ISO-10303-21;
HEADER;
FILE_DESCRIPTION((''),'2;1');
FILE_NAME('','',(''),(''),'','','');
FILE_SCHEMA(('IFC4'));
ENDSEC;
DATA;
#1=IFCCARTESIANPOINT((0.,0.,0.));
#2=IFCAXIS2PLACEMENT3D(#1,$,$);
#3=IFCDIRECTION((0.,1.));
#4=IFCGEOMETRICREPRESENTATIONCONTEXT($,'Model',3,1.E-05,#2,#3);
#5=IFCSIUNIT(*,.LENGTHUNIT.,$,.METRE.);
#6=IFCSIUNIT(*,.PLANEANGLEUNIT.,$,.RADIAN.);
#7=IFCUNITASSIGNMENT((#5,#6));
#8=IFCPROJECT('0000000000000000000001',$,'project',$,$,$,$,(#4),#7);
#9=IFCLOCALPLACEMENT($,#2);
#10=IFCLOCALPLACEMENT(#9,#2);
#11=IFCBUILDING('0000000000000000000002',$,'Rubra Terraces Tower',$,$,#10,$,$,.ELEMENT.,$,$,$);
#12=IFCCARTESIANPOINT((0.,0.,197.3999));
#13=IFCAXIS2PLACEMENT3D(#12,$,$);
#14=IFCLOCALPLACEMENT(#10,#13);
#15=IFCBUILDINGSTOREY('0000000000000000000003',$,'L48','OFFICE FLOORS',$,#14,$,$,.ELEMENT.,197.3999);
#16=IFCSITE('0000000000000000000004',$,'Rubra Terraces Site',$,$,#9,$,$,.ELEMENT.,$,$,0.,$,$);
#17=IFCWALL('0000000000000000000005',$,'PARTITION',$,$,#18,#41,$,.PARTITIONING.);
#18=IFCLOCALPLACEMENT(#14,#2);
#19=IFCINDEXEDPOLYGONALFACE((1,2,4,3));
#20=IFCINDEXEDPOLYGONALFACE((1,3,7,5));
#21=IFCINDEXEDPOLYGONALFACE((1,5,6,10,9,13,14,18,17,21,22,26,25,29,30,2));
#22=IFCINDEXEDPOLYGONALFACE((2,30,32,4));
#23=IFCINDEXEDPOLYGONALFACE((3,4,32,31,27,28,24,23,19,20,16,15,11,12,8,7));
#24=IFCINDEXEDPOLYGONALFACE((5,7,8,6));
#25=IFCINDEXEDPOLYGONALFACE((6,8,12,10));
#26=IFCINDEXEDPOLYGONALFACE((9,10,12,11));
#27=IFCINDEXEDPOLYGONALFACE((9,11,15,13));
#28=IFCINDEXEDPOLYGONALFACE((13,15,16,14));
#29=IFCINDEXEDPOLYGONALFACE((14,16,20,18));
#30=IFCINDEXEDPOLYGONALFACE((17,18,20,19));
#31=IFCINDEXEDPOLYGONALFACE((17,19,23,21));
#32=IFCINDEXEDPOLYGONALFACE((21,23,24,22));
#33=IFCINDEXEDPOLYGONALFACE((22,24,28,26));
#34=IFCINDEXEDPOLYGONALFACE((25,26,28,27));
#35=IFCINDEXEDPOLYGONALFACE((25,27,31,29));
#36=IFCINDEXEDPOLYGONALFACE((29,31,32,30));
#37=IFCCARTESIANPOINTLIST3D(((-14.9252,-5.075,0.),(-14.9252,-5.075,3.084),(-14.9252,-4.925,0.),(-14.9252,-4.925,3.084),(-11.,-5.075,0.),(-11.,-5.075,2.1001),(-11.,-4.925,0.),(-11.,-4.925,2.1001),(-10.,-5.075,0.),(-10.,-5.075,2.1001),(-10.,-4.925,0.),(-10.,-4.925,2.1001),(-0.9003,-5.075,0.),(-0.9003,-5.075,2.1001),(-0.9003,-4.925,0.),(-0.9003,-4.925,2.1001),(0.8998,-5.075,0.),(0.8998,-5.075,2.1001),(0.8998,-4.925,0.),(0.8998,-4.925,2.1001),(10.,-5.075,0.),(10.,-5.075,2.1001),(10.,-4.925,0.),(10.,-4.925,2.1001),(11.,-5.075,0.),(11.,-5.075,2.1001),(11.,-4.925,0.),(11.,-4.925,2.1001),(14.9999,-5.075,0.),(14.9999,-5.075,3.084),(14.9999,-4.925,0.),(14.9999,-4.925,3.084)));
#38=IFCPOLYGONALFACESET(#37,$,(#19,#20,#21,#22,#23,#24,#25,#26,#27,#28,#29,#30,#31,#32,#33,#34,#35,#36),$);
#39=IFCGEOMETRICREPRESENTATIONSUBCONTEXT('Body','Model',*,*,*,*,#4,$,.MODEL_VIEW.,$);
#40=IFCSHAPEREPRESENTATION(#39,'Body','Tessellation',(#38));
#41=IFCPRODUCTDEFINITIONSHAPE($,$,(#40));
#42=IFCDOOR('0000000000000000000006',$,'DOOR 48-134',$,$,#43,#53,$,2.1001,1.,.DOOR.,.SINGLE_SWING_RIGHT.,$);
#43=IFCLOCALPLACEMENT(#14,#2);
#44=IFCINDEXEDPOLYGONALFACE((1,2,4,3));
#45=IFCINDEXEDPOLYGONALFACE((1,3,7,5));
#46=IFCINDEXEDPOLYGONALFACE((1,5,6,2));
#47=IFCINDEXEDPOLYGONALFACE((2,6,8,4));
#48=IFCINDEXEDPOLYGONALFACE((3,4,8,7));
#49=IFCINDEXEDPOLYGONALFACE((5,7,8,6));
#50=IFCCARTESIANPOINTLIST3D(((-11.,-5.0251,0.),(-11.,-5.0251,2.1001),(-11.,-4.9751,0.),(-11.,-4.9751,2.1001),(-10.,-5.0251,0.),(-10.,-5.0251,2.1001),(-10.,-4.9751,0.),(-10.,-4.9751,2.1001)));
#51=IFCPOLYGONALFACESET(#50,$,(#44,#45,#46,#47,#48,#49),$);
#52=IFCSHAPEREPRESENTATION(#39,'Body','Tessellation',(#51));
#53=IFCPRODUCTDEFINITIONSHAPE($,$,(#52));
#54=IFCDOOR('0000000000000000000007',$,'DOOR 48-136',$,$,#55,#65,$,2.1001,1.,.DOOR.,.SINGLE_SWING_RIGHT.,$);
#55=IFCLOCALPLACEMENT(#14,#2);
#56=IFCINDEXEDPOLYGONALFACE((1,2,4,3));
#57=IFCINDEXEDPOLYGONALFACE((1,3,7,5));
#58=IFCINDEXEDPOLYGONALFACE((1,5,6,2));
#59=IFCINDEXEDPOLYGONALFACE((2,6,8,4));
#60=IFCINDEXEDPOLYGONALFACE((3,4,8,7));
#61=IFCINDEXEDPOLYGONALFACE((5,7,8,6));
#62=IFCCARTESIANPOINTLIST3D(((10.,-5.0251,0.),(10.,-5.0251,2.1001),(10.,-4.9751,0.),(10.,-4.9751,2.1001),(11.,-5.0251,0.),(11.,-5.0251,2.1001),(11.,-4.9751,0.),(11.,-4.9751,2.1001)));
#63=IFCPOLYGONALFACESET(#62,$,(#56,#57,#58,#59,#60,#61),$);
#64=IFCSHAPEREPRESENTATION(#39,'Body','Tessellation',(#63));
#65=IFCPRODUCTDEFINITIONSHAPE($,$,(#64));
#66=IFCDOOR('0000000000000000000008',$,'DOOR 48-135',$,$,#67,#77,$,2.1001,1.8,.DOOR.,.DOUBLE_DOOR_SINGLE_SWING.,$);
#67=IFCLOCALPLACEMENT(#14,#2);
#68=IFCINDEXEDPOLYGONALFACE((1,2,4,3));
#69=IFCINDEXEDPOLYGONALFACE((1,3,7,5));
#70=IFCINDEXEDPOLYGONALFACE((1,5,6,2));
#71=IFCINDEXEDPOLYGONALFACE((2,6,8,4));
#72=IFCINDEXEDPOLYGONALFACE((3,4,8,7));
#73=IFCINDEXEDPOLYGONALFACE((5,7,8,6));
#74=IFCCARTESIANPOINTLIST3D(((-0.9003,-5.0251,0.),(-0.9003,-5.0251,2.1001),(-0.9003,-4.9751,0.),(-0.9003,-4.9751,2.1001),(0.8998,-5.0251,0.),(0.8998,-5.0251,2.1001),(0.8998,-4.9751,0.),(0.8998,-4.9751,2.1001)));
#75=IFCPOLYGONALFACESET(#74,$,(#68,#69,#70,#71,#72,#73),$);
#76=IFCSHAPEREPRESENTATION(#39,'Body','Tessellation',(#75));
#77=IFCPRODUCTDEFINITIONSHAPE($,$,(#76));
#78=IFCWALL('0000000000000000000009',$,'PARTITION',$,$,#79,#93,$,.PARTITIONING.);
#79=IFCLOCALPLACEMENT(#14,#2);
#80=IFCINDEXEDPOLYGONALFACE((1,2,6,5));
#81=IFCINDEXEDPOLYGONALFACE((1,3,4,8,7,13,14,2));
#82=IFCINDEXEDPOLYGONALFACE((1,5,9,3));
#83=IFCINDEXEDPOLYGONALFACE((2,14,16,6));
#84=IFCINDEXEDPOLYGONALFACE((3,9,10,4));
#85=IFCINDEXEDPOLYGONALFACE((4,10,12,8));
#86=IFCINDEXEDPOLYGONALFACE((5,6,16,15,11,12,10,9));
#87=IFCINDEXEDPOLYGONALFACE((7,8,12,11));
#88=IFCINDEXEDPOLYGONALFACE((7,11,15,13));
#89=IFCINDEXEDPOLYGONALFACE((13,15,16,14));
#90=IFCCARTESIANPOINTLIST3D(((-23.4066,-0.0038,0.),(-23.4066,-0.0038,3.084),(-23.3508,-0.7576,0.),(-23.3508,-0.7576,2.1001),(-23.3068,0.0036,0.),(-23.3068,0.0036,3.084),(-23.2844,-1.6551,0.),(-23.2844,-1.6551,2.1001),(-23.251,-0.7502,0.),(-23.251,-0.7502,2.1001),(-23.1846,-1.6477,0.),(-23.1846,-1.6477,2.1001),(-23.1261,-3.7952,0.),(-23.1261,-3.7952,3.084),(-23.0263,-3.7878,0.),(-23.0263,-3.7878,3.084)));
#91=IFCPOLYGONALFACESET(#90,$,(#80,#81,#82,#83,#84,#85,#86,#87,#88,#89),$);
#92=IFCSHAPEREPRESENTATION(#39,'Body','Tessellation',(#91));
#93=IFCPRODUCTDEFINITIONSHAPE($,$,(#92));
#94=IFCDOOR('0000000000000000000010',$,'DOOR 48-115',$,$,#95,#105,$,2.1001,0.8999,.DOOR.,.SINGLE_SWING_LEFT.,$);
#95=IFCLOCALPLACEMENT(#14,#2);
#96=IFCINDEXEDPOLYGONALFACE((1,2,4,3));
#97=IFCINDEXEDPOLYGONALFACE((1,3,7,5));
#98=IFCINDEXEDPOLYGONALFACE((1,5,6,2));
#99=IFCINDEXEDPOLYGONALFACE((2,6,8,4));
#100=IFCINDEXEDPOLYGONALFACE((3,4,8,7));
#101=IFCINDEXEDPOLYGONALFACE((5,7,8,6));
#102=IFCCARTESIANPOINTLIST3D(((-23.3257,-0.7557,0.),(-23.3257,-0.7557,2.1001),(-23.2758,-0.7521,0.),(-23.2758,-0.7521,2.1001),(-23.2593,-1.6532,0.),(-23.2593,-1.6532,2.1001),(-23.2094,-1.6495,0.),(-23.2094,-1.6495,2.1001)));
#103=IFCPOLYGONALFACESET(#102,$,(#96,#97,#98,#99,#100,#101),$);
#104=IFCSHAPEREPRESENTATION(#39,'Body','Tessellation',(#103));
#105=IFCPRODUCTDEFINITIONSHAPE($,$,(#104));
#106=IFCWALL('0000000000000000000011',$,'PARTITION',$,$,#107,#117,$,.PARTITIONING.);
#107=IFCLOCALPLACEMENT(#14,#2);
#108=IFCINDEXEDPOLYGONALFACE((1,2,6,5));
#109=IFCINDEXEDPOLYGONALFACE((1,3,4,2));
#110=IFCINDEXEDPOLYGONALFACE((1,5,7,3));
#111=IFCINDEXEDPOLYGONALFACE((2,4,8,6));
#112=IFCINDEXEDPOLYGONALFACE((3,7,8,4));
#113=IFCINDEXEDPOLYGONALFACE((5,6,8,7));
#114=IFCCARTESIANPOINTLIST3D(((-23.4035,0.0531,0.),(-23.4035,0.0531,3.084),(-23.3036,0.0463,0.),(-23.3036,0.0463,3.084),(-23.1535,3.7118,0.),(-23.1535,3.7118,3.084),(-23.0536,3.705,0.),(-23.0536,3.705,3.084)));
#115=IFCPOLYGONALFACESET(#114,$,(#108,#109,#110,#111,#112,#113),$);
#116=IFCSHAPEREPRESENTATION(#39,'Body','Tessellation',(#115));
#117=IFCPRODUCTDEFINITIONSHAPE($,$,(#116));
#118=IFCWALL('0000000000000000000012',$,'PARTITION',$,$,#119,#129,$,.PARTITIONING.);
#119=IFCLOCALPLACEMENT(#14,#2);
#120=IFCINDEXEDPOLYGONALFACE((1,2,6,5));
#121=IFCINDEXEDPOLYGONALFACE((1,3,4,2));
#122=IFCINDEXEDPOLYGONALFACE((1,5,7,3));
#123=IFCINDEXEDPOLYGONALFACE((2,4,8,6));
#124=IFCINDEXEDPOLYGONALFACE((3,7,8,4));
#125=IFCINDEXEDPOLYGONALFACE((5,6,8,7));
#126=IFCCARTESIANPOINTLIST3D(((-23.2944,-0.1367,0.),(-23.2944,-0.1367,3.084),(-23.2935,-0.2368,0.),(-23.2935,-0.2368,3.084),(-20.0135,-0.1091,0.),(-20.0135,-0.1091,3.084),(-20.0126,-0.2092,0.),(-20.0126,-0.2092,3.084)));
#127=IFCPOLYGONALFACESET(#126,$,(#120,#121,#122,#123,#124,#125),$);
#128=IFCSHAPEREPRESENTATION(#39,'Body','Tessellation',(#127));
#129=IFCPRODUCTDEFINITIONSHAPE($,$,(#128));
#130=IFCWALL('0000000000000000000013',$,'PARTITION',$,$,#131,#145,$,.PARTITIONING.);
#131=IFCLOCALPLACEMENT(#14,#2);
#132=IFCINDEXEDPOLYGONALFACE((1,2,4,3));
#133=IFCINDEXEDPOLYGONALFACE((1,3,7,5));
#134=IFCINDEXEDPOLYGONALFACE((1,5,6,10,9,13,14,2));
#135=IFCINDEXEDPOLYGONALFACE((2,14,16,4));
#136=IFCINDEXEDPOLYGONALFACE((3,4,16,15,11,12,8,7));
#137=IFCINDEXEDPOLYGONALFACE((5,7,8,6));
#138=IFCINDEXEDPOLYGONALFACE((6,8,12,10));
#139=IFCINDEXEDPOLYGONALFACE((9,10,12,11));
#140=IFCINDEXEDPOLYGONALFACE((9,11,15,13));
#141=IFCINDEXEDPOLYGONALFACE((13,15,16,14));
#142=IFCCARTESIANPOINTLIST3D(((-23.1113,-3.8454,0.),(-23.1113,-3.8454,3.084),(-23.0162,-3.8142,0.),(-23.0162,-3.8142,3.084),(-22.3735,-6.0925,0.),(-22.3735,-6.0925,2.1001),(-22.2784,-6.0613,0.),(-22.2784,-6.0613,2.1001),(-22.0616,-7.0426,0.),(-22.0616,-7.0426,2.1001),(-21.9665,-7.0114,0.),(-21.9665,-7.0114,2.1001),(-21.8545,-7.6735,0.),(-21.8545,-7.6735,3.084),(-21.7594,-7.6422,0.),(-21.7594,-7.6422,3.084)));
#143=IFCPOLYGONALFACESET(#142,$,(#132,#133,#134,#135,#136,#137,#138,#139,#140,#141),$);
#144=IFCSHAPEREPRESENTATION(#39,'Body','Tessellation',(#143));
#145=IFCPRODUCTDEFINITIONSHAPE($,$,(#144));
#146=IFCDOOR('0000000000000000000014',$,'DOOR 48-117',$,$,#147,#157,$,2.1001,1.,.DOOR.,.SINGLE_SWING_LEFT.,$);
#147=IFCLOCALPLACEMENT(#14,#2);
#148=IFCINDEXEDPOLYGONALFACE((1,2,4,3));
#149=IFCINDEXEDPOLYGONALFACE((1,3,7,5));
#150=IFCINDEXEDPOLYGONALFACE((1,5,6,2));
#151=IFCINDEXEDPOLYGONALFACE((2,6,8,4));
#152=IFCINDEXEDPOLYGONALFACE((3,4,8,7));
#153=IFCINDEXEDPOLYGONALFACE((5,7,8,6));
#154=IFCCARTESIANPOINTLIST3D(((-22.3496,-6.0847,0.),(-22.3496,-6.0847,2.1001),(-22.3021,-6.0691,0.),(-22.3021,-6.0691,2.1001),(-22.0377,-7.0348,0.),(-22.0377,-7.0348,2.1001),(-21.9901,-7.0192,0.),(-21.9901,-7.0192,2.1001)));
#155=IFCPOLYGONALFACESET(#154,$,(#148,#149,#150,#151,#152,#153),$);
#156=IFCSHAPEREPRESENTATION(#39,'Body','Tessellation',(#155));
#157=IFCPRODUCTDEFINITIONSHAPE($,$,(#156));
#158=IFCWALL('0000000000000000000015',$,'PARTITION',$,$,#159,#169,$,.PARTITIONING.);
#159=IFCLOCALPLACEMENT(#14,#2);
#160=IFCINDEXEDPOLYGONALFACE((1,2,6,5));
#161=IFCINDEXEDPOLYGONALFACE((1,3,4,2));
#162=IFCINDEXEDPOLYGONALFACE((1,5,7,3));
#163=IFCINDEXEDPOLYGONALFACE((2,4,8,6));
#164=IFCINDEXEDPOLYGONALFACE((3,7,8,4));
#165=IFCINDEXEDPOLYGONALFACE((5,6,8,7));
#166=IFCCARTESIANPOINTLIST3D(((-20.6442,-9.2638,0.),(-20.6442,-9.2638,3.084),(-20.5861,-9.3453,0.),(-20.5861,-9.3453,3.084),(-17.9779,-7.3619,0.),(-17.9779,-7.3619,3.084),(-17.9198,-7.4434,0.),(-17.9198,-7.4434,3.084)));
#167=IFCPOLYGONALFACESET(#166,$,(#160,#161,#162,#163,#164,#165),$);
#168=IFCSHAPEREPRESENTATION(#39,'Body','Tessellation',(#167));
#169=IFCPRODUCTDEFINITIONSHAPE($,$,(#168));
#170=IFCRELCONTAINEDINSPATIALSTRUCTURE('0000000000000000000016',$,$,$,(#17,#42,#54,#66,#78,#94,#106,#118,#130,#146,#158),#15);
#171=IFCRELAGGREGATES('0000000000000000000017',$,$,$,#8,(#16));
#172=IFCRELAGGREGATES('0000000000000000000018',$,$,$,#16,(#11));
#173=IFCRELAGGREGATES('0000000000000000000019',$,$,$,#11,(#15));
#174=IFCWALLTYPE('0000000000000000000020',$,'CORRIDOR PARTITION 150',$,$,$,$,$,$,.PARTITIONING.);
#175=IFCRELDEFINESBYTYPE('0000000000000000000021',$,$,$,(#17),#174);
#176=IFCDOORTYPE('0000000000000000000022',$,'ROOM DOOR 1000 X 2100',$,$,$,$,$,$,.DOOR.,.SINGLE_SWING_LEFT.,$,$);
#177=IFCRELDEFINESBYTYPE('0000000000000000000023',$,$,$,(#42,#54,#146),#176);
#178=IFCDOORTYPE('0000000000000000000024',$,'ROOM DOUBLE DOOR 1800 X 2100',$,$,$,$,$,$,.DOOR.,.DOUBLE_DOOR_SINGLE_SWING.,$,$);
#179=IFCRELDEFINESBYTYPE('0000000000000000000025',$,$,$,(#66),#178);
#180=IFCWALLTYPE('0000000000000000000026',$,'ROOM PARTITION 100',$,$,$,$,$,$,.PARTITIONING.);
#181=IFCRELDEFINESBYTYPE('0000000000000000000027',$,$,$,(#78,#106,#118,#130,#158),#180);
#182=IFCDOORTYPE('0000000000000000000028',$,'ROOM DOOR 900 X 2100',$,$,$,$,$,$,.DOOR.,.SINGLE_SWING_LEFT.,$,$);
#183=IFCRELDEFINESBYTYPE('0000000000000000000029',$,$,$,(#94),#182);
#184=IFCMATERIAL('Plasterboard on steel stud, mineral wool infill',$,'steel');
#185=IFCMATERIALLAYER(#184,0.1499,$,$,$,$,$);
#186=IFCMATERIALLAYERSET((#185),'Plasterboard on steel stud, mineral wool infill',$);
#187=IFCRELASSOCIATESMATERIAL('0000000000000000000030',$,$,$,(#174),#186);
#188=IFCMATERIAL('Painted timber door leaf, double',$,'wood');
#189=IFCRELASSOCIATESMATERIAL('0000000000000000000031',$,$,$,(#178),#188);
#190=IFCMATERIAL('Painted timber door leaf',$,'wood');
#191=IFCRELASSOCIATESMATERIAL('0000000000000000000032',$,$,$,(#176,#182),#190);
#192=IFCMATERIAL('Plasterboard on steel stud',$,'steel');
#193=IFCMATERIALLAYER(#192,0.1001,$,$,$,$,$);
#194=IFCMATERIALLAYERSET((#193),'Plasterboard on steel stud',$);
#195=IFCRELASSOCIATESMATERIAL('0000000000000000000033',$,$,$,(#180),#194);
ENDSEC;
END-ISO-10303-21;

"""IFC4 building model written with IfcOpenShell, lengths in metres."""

from ifc_helpers import new_model, si_unit, direction, frame, frame_2d, origin, place, context, subcontext, project, spatial, rectangle, extrude, material, layer, layer_set, type_object, element, fill, save


model = new_model("IFC4")

# Units and contexts
model_context = context("Model", 3, precision=1e-05, world=origin(), true_north=direction((0.0, 1.0)))
body_context = subcontext(model_context, "Body", "Model", "MODEL_VIEW")
ifc_project = project(units=[si_unit("LENGTHUNIT", "METRE"), si_unit("PLANEANGLEUNIT", "RADIAN")], contexts=[model_context])

# Site, building, storey
site_placement = place(None, origin())
site = spatial("IfcSite", under=ifc_project, at=site_placement, Name="Rubra Terraces Site", CompositionType="ELEMENT", RefElevation=0.0)
building_placement = place(site_placement, origin())
building = spatial("IfcBuilding", under=site, at=building_placement, Name="Rubra Terraces Tower", CompositionType="ELEMENT")
storey_placement = place(building_placement, frame((0.0, 0.0, 197.3999)))
storey = spatial("IfcBuildingStorey", under=building, at=storey_placement, Name="L48", Description="OFFICE FLOORS", CompositionType="ELEMENT", Elevation=197.3999)

# Shared definitions
ifc_material_1 = material(Name="Plasterboard on steel stud, mineral wool infill", Category="steel")
ifc_layer_1 = layer(ifc_material_1, 0.1499)
ifc_layer_set_1 = layer_set([ifc_layer_1], Name="Plasterboard on steel stud, mineral wool infill")
wall_type_1 = type_object("IfcWallType", Name="CORRIDOR PARTITION 150", PredefinedType="PARTITIONING", material=ifc_layer_set_1)
ifc_material_2 = material(Name="Painted timber door leaf", Category="wood")
ifc_material_3 = material(Name="Painted timber door leaf, double", Category="wood")
door_type_1 = type_object("IfcDoorType", Name="ROOM DOUBLE DOOR 1800 X 2100", OperationType="DOUBLE_DOOR_SINGLE_SWING", PredefinedType="DOOR", material=ifc_material_3)

# Wall, openings, doors
wall_1_placement = place(storey_placement, frame((-14.925, -5.0, 0.0), z_axis=(0.0, 0.0, 1.0), x_axis=(1.0, 0.0, 0.0)))
wall_1 = element("IfcWall", 1, at=wall_1_placement, inside=storey, type_object=wall_type_1, Name="PARTITION", PredefinedType="PARTITIONING", context=body_context, shape_type="SweptSolid", body=[
    extrude(rectangle(XDim=29.925, YDim=0.1499, at=frame_2d((14.9624, 0.0))), origin(), (0.0, 0.0, 1.0), 3.084),
])
opening_1_placement = place(wall_1_placement, frame((3.925, 0.0, 0.0)))
opening_1 = element("IfcOpeningElement", 2, at=opening_1_placement, cuts=wall_1, PredefinedType="OPENING", context=body_context, shape_type="SweptSolid", body=[
    extrude(rectangle(XDim=1.0, YDim=2.1001, at=frame_2d((0.5, 1.05))), frame((0.0, 0.085, 0.0), z_axis=(0.0, -1.0, 0.0), x_axis=(1.0, 0.0, 0.0)), (0.0, 0.0, 1.0), 0.1699),
])
opening_2_placement = place(wall_1_placement, frame((14.0249, 0.0, 0.0)))
opening_2 = element("IfcOpeningElement", 3, at=opening_2_placement, cuts=wall_1, PredefinedType="OPENING", context=body_context, shape_type="SweptSolid", body=[
    extrude(rectangle(XDim=1.8, YDim=2.1001, at=frame_2d((0.8999, 1.05))), frame((0.0, 0.085, 0.0), z_axis=(0.0, -1.0, 0.0), x_axis=(1.0, 0.0, 0.0)), (0.0, 0.0, 1.0), 0.1699),
])
opening_3_placement = place(wall_1_placement, frame((24.925, 0.0, 0.0)))
opening_3 = element("IfcOpeningElement", 4, at=opening_3_placement, cuts=wall_1, PredefinedType="OPENING", context=body_context, shape_type="SweptSolid", body=[
    extrude(rectangle(XDim=1.0, YDim=2.1001, at=frame_2d((0.5, 1.05))), frame((0.0, 0.085, 0.0), z_axis=(0.0, -1.0, 0.0), x_axis=(1.0, 0.0, 0.0)), (0.0, 0.0, 1.0), 0.1699),
])
door_type_2 = type_object("IfcDoorType", Name="ROOM DOOR 1000 X 2100", OperationType="SINGLE_SWING_LEFT", PredefinedType="DOOR", material=ifc_material_2)
door_1_placement = place(opening_1_placement, origin())
door_1 = element("IfcDoor", 5, at=door_1_placement, inside=storey, type_object=door_type_2, Name="DOOR 48-134", OperationType="SINGLE_SWING_RIGHT", OverallHeight=2.1001, OverallWidth=1.0, PredefinedType="DOOR", context=body_context, shape_type="SweptSolid", body=[
    extrude(rectangle(XDim=1.0, YDim=2.1001, at=frame_2d((0.5, 1.05))), frame((0.0, 0.0249, 0.0), z_axis=(0.0, -1.0, 0.0), x_axis=(1.0, 0.0, 0.0)), (0.0, 0.0, 1.0), 0.05),
])
fill(opening_1, door_1)
door_2_placement = place(opening_3_placement, origin())
door_2 = element("IfcDoor", 6, at=door_2_placement, inside=storey, type_object=door_type_2, Name="DOOR 48-136", OperationType="SINGLE_SWING_RIGHT", OverallHeight=2.1001, OverallWidth=1.0, PredefinedType="DOOR", context=body_context, shape_type="SweptSolid", body=[
    extrude(rectangle(XDim=1.0, YDim=2.1001, at=frame_2d((0.5, 1.05))), frame((0.0, 0.0249, 0.0), z_axis=(0.0, -1.0, 0.0), x_axis=(1.0, 0.0, 0.0)), (0.0, 0.0, 1.0), 0.05),
])
fill(opening_3, door_2)
door_3_placement = place(opening_2_placement, origin())
door_3 = element("IfcDoor", 7, at=door_3_placement, inside=storey, type_object=door_type_1, Name="DOOR 48-135", OperationType="DOUBLE_DOOR_SINGLE_SWING", OverallHeight=2.1001, OverallWidth=1.8, PredefinedType="DOOR", context=body_context, shape_type="SweptSolid", body=[
    extrude(rectangle(XDim=1.8, YDim=2.1001, at=frame_2d((0.8999, 1.05))), frame((0.0, 0.0249, 0.0), z_axis=(0.0, -1.0, 0.0), x_axis=(1.0, 0.0, 0.0)), (0.0, 0.0, 1.0), 0.05),
])
fill(opening_2, door_3)

# Wall, opening, door
ifc_material_4 = material(Name="Plasterboard on steel stud", Category="steel")
ifc_layer_2 = layer(ifc_material_4, 0.1001)
ifc_layer_set_2 = layer_set([ifc_layer_2], Name="Plasterboard on steel stud")
wall_type_2 = type_object("IfcWallType", Name="ROOM PARTITION 100", PredefinedType="PARTITIONING", material=ifc_layer_set_2)
wall_2_placement = place(storey_placement, frame((-23.0762, -3.7915, 0.0), z_axis=(0.0, 0.0, 1.0), x_axis=(-0.073784, 0.997274, 0.0)))
wall_2 = element("IfcWall", 8, at=wall_2_placement, inside=storey, type_object=wall_type_2, Name="PARTITION", PredefinedType="PARTITIONING", context=body_context, shape_type="SweptSolid", body=[
    extrude(rectangle(XDim=3.8018, YDim=0.1001, at=frame_2d((1.9009, 0.0))), origin(), (0.0, 0.0, 1.0), 3.084),
])
opening_4_placement = place(wall_2_placement, frame((2.146, 0.0, 0.0)))
opening_4 = element("IfcOpeningElement", 9, at=opening_4_placement, cuts=wall_2, PredefinedType="OPENING", context=body_context, shape_type="SweptSolid", body=[
    extrude(rectangle(XDim=0.8999, YDim=2.1001, at=frame_2d((0.45, 1.05))), frame((0.0, 0.0601, 0.0), z_axis=(0.0, -1.0, 0.0), x_axis=(1.0, 0.0, 0.0)), (0.0, 0.0, 1.0), 0.1201),
])
door_type_3 = type_object("IfcDoorType", Name="ROOM DOOR 900 X 2100", OperationType="SINGLE_SWING_LEFT", PredefinedType="DOOR", material=ifc_material_2)
door_4_placement = place(opening_4_placement, origin())
door_4 = element("IfcDoor", 10, at=door_4_placement, inside=storey, type_object=door_type_3, Name="DOOR 48-115", OperationType="SINGLE_SWING_LEFT", OverallHeight=2.1001, OverallWidth=0.8999, PredefinedType="DOOR", context=body_context, shape_type="SweptSolid", body=[
    extrude(rectangle(XDim=0.8999, YDim=2.1001, at=frame_2d((0.45, 1.05))), frame((0.0, 0.0249, 0.0), z_axis=(0.0, -1.0, 0.0), x_axis=(1.0, 0.0, 0.0)), (0.0, 0.0, 1.0), 0.05),
])
fill(opening_4, door_4)

# Walls
wall_3_placement = place(storey_placement, frame((-23.3535, 0.0498, 0.0), z_axis=(0.0, 0.0, 1.0), x_axis=(0.068171, 0.997674, 0.0)))
element("IfcWall", 11, at=wall_3_placement, inside=storey, type_object=wall_type_2, Name="PARTITION", PredefinedType="PARTITIONING", context=body_context, shape_type="SweptSolid", body=[
    extrude(rectangle(XDim=3.6672, YDim=0.1001, at=frame_2d((1.8335, 0.0))), origin(), (0.0, 0.0, 1.0), 3.084),
])
wall_4_placement = place(storey_placement, frame((-20.0129, -0.1592, 0.0), z_axis=(0.0, 0.0, 1.0), x_axis=(-0.999965, -0.008408, 0.0)))
element("IfcWall", 12, at=wall_4_placement, inside=storey, type_object=wall_type_2, Name="PARTITION", PredefinedType="PARTITIONING", context=body_context, shape_type="SweptSolid", body=[
    extrude(rectangle(XDim=3.281, YDim=0.1001, at=frame_2d((1.6406, 0.0))), origin(), (0.0, 0.0, 1.0), 3.084),
])

# Wall, opening, door
wall_5_placement = place(storey_placement, frame((-21.8069, -7.658, 0.0), z_axis=(0.0, 0.0, 1.0), x_axis=(-0.311935, 0.950104, 0.0)))
wall_5 = element("IfcWall", 13, at=wall_5_placement, inside=storey, type_object=wall_type_2, Name="PARTITION", PredefinedType="PARTITIONING", context=body_context, shape_type="SweptSolid", body=[
    extrude(rectangle(XDim=4.0291, YDim=0.1001, at=frame_2d((2.0146, 0.0))), origin(), (0.0, 0.0, 1.0), 3.084),
])
opening_5_placement = place(wall_5_placement, frame((0.6641, 0.0, 0.0)))
opening_5 = element("IfcOpeningElement", 14, at=opening_5_placement, cuts=wall_5, PredefinedType="OPENING", context=body_context, shape_type="SweptSolid", body=[
    extrude(rectangle(XDim=1.0, YDim=2.1001, at=frame_2d((0.5, 1.05))), frame((0.0, 0.0601, 0.0), z_axis=(0.0, -1.0, 0.0), x_axis=(1.0, 0.0, 0.0)), (0.0, 0.0, 1.0), 0.1201),
])
door_5_placement = place(opening_5_placement, origin())
door_5 = element("IfcDoor", 15, at=door_5_placement, inside=storey, type_object=door_type_2, Name="DOOR 48-117", OperationType="SINGLE_SWING_LEFT", OverallHeight=2.1001, OverallWidth=1.0, PredefinedType="DOOR", context=body_context, shape_type="SweptSolid", body=[
    extrude(rectangle(XDim=1.0, YDim=2.1001, at=frame_2d((0.5, 1.05))), frame((0.0, 0.0249, 0.0), z_axis=(0.0, -1.0, 0.0), x_axis=(1.0, 0.0, 0.0)), (0.0, 0.0, 1.0), 0.05),
])
fill(opening_5, door_5)

# Wall
wall_6_placement = place(storey_placement, frame((-17.9487, -7.4026, 0.0), z_axis=(0.0, 0.0, 1.0), x_axis=(-0.814111, -0.580709, 0.0)))
element("IfcWall", 16, at=wall_6_placement, inside=storey, type_object=wall_type_2, Name="PARTITION", PredefinedType="PARTITIONING", context=body_context, shape_type="SweptSolid", body=[
    extrude(rectangle(XDim=3.2751, YDim=0.1001, at=frame_2d((1.6377, 0.0))), origin(), (0.0, 0.0, 1.0), 3.084),
])

save(model, "model.ifc")
